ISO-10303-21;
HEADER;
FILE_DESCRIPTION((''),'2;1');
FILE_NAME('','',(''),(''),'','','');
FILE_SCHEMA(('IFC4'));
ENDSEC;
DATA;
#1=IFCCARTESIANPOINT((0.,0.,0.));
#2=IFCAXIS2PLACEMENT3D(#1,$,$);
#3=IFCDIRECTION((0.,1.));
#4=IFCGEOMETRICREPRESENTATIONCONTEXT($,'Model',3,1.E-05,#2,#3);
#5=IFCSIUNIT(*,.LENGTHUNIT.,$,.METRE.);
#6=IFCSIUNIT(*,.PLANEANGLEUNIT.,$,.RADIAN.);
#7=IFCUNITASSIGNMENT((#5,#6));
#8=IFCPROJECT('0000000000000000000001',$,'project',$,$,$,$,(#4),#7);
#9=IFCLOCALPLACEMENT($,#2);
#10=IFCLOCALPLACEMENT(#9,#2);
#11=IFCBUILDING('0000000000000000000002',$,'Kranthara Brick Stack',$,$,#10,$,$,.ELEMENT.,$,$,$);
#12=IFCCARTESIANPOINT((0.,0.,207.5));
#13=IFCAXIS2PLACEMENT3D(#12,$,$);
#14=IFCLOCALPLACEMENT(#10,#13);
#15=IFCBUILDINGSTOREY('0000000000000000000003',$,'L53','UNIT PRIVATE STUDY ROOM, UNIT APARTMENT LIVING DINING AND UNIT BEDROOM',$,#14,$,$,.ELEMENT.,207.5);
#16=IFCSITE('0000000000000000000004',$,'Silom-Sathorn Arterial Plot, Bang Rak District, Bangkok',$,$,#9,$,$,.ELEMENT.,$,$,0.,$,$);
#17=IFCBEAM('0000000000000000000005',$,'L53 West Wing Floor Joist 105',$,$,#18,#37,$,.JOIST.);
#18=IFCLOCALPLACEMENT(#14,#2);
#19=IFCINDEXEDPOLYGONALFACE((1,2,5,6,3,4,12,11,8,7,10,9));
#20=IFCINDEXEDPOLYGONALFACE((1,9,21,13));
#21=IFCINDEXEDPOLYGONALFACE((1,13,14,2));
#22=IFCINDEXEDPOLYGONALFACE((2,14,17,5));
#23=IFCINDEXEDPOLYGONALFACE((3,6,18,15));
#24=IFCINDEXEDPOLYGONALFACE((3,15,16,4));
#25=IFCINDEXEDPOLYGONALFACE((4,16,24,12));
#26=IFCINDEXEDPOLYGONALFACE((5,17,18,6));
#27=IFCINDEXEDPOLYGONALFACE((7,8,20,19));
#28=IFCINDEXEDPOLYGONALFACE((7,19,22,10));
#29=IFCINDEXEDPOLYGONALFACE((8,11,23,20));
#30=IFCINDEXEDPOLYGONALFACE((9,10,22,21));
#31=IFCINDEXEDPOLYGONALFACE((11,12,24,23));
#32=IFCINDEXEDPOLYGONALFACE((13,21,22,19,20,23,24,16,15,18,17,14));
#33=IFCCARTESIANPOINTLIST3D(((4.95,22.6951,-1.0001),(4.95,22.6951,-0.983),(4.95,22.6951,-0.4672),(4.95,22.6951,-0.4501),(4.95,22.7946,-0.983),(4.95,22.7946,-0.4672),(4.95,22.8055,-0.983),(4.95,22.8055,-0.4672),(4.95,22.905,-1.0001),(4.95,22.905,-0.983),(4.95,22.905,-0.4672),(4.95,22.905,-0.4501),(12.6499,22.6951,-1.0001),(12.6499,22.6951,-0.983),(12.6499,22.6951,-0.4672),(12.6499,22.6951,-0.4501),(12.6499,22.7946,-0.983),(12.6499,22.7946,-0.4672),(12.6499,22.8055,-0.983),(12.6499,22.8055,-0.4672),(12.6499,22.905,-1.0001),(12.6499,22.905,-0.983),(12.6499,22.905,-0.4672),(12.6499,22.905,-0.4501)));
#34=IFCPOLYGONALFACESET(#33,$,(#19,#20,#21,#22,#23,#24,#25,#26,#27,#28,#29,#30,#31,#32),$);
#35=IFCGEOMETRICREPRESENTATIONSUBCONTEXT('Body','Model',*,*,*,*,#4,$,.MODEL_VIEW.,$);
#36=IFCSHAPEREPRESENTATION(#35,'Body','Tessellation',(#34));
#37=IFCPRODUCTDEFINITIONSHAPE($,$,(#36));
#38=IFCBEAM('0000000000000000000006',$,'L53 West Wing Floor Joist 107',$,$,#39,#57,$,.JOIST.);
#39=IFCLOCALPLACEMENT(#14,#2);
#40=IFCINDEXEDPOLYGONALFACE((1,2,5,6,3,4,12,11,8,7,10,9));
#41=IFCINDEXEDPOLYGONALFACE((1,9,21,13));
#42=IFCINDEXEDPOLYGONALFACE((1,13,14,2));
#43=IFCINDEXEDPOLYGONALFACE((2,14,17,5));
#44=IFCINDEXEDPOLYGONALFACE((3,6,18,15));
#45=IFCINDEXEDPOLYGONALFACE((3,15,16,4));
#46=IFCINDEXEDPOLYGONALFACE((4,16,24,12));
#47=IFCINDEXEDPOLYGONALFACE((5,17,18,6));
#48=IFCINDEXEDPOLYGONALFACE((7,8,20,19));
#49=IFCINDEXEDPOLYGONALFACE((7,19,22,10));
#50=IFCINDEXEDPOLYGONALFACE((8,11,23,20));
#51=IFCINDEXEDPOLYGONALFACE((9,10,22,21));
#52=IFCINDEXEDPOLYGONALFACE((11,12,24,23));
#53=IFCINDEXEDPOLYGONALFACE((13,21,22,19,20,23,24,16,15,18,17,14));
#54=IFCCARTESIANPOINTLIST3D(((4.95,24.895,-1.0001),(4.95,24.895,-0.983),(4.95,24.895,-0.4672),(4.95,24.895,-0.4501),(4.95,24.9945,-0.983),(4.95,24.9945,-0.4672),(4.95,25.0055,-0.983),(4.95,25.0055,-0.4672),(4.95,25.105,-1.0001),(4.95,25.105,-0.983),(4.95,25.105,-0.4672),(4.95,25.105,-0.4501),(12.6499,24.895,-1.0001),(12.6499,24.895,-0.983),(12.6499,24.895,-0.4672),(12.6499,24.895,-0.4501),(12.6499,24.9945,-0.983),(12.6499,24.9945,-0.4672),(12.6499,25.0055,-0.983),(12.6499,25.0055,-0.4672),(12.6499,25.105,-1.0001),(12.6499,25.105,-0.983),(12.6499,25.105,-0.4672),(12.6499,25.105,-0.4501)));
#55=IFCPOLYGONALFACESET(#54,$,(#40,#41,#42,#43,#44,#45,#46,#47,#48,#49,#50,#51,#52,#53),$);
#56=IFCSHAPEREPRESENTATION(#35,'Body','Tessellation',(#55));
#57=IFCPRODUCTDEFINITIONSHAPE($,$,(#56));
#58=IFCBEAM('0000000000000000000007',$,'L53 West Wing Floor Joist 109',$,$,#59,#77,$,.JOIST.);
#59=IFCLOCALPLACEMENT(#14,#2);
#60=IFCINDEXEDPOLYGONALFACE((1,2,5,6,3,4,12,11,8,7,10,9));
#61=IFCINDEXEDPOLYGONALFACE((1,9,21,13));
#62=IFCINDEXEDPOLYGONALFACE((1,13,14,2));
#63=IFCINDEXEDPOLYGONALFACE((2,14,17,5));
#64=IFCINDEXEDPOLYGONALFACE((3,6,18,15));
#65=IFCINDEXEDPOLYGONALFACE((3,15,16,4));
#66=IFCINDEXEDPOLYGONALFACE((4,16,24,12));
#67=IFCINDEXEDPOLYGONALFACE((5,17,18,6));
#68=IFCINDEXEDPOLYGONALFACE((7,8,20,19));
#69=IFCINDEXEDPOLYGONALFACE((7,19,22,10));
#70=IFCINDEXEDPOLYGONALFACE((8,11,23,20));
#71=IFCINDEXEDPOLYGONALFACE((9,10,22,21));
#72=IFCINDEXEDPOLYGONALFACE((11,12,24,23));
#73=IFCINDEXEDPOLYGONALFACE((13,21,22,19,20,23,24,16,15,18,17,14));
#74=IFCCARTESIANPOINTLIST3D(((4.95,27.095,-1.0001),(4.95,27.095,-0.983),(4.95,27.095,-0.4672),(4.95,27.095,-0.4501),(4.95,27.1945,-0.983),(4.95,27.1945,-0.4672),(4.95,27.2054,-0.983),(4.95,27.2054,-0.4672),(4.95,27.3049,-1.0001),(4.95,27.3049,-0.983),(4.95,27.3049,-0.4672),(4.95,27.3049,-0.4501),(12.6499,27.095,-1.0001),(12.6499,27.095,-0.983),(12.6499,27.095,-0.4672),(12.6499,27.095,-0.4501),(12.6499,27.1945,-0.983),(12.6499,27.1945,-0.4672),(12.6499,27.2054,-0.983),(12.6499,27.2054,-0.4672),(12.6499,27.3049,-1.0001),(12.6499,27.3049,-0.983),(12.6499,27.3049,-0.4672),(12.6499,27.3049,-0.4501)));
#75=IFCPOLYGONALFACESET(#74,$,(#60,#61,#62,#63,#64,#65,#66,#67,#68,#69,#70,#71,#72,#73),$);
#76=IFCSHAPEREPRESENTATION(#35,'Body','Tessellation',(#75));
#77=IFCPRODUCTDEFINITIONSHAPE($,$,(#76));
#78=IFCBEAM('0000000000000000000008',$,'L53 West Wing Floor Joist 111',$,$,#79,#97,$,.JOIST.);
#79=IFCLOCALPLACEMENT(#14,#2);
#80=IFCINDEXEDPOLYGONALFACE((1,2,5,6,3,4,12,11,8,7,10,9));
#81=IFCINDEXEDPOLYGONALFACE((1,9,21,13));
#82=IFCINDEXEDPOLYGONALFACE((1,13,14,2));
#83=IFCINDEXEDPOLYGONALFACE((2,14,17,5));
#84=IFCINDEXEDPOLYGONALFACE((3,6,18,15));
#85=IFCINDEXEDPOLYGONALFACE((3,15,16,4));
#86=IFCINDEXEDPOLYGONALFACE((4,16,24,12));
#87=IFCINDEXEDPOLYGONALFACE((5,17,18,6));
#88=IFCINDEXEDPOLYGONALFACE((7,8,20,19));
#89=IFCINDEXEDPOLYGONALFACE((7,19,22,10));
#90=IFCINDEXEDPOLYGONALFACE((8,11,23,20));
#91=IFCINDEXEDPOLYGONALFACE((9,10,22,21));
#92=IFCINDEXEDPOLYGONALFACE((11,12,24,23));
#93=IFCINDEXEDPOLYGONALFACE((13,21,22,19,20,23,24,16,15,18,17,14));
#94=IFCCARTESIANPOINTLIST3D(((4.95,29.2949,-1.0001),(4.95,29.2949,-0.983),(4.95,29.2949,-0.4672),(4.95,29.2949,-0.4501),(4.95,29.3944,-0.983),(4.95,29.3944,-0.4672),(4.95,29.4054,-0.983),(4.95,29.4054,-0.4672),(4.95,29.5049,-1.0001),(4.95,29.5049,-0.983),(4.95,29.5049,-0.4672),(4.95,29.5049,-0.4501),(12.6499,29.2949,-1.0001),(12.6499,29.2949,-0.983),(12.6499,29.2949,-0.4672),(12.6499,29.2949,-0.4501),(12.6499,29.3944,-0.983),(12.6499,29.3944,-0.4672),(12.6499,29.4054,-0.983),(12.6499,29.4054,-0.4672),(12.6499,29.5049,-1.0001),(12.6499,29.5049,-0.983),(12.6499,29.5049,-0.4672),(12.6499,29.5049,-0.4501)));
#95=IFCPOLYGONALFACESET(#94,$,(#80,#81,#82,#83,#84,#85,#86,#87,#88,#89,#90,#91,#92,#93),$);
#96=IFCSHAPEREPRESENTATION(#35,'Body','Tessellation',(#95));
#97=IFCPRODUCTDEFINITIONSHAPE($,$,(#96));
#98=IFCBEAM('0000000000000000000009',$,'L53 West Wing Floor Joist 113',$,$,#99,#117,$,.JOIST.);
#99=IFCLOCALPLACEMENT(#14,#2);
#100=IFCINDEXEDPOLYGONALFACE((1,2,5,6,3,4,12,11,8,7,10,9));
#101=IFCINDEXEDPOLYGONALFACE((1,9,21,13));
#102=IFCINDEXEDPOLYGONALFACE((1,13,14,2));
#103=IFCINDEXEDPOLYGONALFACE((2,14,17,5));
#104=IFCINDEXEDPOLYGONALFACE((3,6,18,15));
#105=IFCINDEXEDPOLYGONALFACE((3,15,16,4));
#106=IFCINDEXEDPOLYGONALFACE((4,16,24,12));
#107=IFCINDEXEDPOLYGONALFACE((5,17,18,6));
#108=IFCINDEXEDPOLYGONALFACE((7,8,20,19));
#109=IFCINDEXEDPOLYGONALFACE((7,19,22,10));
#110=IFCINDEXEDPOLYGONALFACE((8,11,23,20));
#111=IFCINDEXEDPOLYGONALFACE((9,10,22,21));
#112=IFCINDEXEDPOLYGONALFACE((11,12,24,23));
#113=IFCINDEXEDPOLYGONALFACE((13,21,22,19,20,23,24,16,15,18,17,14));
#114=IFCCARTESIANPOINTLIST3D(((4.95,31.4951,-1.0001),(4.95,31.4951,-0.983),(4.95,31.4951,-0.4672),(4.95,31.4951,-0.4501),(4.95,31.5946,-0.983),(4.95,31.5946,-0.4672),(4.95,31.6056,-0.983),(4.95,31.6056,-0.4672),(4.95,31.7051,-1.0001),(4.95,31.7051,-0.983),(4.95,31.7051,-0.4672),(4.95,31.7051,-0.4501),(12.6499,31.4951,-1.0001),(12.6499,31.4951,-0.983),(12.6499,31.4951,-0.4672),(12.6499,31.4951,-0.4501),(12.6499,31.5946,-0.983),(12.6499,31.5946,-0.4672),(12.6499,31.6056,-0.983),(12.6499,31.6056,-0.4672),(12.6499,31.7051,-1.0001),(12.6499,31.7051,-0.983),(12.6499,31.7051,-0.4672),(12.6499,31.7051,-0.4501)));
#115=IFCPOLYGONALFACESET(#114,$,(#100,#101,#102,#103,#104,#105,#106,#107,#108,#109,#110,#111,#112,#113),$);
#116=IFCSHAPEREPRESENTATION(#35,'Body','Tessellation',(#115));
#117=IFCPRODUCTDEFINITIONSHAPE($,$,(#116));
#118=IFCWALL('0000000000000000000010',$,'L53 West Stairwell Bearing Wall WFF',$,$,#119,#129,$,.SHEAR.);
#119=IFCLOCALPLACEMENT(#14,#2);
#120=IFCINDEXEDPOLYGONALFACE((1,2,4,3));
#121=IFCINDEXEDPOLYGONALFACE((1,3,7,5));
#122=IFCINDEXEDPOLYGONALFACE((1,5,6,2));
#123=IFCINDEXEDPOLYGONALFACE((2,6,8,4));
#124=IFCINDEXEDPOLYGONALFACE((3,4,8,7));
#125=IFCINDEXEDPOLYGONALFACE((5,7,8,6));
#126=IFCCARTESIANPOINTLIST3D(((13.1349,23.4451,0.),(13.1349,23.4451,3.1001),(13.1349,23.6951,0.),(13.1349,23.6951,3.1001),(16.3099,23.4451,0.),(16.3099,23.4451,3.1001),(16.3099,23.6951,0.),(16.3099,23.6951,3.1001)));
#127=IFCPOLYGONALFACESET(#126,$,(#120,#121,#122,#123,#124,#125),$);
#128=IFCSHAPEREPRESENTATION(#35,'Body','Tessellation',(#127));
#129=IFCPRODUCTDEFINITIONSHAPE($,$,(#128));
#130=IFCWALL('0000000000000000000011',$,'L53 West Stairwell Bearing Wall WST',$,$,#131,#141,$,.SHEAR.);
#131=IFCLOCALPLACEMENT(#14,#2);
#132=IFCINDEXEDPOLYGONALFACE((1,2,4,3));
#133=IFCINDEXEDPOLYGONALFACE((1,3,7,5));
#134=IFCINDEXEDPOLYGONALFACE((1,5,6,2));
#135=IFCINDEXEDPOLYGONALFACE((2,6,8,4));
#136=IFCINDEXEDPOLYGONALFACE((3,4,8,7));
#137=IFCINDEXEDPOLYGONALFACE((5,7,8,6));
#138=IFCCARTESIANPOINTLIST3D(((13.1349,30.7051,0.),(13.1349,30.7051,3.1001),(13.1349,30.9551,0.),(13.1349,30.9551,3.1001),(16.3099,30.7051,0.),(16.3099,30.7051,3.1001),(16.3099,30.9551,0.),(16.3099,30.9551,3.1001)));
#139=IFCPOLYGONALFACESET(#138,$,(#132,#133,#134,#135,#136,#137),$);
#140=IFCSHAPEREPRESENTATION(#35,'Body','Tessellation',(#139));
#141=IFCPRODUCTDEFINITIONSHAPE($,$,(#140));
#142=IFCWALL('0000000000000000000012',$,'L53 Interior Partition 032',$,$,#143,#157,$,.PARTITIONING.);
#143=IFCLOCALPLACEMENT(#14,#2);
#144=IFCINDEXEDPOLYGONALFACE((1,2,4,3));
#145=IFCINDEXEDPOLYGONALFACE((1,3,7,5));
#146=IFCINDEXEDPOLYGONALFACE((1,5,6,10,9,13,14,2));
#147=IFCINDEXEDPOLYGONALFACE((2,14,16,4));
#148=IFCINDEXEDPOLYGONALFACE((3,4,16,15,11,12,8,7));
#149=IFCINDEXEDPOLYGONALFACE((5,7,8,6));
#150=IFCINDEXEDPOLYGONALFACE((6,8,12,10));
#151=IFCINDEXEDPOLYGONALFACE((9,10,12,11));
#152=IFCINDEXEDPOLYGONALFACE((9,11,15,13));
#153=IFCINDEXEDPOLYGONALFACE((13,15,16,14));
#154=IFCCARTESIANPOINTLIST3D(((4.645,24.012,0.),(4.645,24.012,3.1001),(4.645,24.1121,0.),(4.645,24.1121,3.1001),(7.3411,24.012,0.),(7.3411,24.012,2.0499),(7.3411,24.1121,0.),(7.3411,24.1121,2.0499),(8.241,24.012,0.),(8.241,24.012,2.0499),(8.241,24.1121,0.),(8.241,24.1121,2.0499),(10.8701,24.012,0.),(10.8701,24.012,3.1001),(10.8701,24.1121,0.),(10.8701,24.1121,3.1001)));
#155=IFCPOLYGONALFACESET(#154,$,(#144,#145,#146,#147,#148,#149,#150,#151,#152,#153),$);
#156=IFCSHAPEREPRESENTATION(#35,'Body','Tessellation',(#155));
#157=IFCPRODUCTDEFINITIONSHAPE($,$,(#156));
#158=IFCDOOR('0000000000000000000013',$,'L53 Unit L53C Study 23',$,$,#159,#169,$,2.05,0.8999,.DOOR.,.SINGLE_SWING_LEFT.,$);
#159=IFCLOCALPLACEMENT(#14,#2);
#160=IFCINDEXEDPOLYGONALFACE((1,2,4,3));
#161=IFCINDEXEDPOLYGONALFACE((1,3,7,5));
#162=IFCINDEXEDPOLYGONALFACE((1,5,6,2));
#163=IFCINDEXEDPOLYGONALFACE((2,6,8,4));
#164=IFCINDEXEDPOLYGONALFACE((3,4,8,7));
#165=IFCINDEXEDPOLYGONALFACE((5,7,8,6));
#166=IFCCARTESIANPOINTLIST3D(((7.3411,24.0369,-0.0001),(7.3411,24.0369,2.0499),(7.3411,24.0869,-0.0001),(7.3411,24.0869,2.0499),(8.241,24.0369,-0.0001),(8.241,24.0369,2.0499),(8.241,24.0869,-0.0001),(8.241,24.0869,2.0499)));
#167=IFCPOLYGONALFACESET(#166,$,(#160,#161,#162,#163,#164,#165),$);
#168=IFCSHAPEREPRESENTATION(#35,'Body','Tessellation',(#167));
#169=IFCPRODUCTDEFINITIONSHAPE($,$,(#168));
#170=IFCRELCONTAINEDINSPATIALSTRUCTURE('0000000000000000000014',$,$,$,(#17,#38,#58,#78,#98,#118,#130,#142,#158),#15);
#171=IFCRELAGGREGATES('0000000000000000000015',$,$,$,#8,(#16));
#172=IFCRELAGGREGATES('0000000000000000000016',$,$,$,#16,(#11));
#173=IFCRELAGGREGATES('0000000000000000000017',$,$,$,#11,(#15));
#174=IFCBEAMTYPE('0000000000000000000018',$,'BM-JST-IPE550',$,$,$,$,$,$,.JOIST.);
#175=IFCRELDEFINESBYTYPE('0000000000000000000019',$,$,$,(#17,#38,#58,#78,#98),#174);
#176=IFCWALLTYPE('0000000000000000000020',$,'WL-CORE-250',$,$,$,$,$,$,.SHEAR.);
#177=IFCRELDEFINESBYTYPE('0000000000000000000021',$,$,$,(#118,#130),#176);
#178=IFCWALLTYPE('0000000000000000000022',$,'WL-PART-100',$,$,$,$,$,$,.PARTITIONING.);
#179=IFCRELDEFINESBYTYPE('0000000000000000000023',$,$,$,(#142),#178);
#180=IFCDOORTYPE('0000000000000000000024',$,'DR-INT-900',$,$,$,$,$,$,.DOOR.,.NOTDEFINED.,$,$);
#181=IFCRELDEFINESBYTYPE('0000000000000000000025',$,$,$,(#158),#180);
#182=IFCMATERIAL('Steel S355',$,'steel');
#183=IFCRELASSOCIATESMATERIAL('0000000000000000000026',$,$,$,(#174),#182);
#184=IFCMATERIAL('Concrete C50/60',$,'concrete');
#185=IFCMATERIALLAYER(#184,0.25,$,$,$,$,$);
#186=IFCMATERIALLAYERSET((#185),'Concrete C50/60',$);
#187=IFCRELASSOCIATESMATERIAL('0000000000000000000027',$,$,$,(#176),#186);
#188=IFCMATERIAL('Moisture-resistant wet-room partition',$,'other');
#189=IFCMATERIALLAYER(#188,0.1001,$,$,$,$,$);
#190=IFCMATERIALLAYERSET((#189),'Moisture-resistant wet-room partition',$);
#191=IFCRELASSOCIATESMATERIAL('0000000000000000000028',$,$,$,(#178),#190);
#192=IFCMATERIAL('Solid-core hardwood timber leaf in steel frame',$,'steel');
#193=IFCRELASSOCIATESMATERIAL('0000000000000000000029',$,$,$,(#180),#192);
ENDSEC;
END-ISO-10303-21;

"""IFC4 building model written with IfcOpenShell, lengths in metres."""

from ifc_helpers import new_model, si_unit, direction, frame, frame_2d, origin, origin_2d, place, context, subcontext, project, spatial, rectangle, i_section, extrude, material, layer, layer_set, material_profile, profile_set, type_object, element, fill, save


model = new_model("IFC4")

# Units and contexts
model_context = context("Model", 3, precision=1e-05, world=origin(), true_north=direction((0.0, 1.0)))
body_context = subcontext(model_context, "Body", "Model", "MODEL_VIEW")
ifc_project = project(units=[si_unit("LENGTHUNIT", "METRE"), si_unit("PLANEANGLEUNIT", "RADIAN")], contexts=[model_context])

# Site, building, storey
site_placement = place(None, origin())
site = spatial("IfcSite", under=ifc_project, at=site_placement, Name="Silom-Sathorn Arterial Plot, Bang Rak District, Bangkok", CompositionType="ELEMENT", RefElevation=0.0)
building_placement = place(site_placement, origin())
building = spatial("IfcBuilding", under=site, at=building_placement, Name="Kranthara Brick Stack", CompositionType="ELEMENT")
storey_placement = place(building_placement, frame((0.0, 0.0, 207.5)))
storey = spatial("IfcBuildingStorey", under=building, at=storey_placement, Name="L53", Description="UNIT PRIVATE STUDY ROOM, UNIT APARTMENT LIVING DINING AND UNIT BEDROOM", CompositionType="ELEMENT", Elevation=207.5)

# Beams
ifc_material_1 = material(Name="Steel S355", Category="steel")
ifc_material_profile = material_profile(ifc_material_1, i_section(OverallWidth=0.21, OverallDepth=0.55, WebThickness=0.011, FlangeThickness=0.0171, at=origin_2d()), Name="IPE 550")
ifc_profile_set = profile_set([ifc_material_profile], Name="Steel S355")
beam_type = type_object("IfcBeamType", Name="BM-JST-IPE550", PredefinedType="JOIST", material=ifc_profile_set)
for number, where, z_axis, x_axis, name in (
    (1, (4.95, 22.8, -0.7251), (1.0, 0.0, 0.0), (0.0, 1.0, 0.0), "L53 West Wing Floor Joist 105"),
    (2, (4.95, 25.0, -0.7251), (1.0, 0.0, 0.0), (0.0, 1.0, 0.0), "L53 West Wing Floor Joist 107"),
    (3, (4.95, 27.2, -0.7251), (1.0, 0.0, 0.0), (0.0, 1.0, 0.0), "L53 West Wing Floor Joist 109"),
    (4, (4.95, 29.3999, -0.7251), (1.0, 0.0, 0.0), (0.0, 1.0, 0.0), "L53 West Wing Floor Joist 111"),
    (5, (4.95, 31.6001, -0.7251), (1.0, 0.0, 0.0), (0.0, 1.0, 0.0), "L53 West Wing Floor Joist 113"),
):
    element("IfcBeam", number, at=place(storey_placement, frame(where, z_axis=z_axis, x_axis=x_axis)), inside=storey, type_object=beam_type, Name=name, PredefinedType="JOIST", context=body_context, shape_type="SweptSolid", body=[
        extrude(i_section(OverallWidth=0.21, OverallDepth=0.55, WebThickness=0.011, FlangeThickness=0.0171, at=origin_2d()), origin(), (0.0, 0.0, 1.0), 7.7),
    ])

# Walls
ifc_material_2 = material(Name="Concrete C50/60", Category="concrete")
ifc_layer_1 = layer(ifc_material_2, 0.25)
ifc_layer_set_1 = layer_set([ifc_layer_1], Name="Concrete C50/60")
wall_type_1 = type_object("IfcWallType", Name="WL-CORE-250", PredefinedType="SHEAR", material=ifc_layer_set_1)
for number, where, z_axis, x_axis, name in (
    (6, (13.135, 23.5701, 0.0), (0.0, 0.0, 1.0), (1.0, 0.0, 0.0), "L53 West Stairwell Bearing Wall WFF"),
    (7, (13.135, 30.8301, 0.0), (0.0, 0.0, 1.0), (1.0, 0.0, 0.0), "L53 West Stairwell Bearing Wall WST"),
):
    element("IfcWall", number, at=place(storey_placement, frame(where, z_axis=z_axis, x_axis=x_axis)), inside=storey, type_object=wall_type_1, Name=name, PredefinedType="SHEAR", context=body_context, shape_type="SweptSolid", body=[
        extrude(rectangle(XDim=3.175, YDim=0.25, at=frame_2d((1.5874, 0.0))), origin(), (0.0, 0.0, 1.0), 3.1001),
    ])

# Wall, opening, door
ifc_material_3 = material(Name="Moisture-resistant wet-room partition", Category="other")
ifc_layer_2 = layer(ifc_material_3, 0.1001)
ifc_layer_set_2 = layer_set([ifc_layer_2], Name="Moisture-resistant wet-room partition")
wall_type_2 = type_object("IfcWallType", Name="WL-PART-100", PredefinedType="PARTITIONING", material=ifc_layer_set_2)
wall_1_placement = place(storey_placement, frame((4.645, 24.062, 0.0), z_axis=(0.0, 0.0, 1.0), x_axis=(1.0, 0.0, 0.0)))
wall_1 = element("IfcWall", 8, at=wall_1_placement, inside=storey, type_object=wall_type_2, Name="L53 Interior Partition 032", PredefinedType="PARTITIONING", context=body_context, shape_type="SweptSolid", body=[
    extrude(rectangle(XDim=6.2251, YDim=0.1001, at=frame_2d((3.1125, 0.0))), origin(), (0.0, 0.0, 1.0), 3.1001),
])
opening_1_placement = place(wall_1_placement, frame((2.696, 0.0, 0.0)))
opening_1 = element("IfcOpeningElement", 9, at=opening_1_placement, cuts=wall_1, PredefinedType="OPENING", context=body_context, shape_type="SweptSolid", body=[
    extrude(rectangle(XDim=0.8999, YDim=2.05, at=frame_2d((0.45, 1.0249))), frame((0.0, 0.0601, 0.0), z_axis=(0.0, -1.0, 0.0), x_axis=(1.0, 0.0, 0.0)), (0.0, 0.0, 1.0), 0.1201),
])
ifc_material_4 = material(Name="Solid-core hardwood timber leaf in steel frame", Category="steel")
door_type_1 = type_object("IfcDoorType", Name="DR-INT-900", OperationType="NOTDEFINED", PredefinedType="DOOR", material=ifc_material_4)
door_1_placement = place(opening_1_placement, origin())
door_1 = element("IfcDoor", 10, at=door_1_placement, inside=storey, type_object=door_type_1, Name="L53 Unit L53C Study 23", OperationType="SINGLE_SWING_LEFT", OverallHeight=2.05, OverallWidth=0.8999, PredefinedType="DOOR", context=body_context, shape_type="SweptSolid", body=[
    extrude(rectangle(XDim=0.8999, YDim=2.05, at=frame_2d((0.45, 1.0249))), frame((0.0, 0.0249, 0.0), z_axis=(0.0, -1.0, 0.0), x_axis=(1.0, 0.0, 0.0)), (0.0, 0.0, 1.0), 0.05),
])
fill(opening_1, door_1)

save(model, "model.ifc")
